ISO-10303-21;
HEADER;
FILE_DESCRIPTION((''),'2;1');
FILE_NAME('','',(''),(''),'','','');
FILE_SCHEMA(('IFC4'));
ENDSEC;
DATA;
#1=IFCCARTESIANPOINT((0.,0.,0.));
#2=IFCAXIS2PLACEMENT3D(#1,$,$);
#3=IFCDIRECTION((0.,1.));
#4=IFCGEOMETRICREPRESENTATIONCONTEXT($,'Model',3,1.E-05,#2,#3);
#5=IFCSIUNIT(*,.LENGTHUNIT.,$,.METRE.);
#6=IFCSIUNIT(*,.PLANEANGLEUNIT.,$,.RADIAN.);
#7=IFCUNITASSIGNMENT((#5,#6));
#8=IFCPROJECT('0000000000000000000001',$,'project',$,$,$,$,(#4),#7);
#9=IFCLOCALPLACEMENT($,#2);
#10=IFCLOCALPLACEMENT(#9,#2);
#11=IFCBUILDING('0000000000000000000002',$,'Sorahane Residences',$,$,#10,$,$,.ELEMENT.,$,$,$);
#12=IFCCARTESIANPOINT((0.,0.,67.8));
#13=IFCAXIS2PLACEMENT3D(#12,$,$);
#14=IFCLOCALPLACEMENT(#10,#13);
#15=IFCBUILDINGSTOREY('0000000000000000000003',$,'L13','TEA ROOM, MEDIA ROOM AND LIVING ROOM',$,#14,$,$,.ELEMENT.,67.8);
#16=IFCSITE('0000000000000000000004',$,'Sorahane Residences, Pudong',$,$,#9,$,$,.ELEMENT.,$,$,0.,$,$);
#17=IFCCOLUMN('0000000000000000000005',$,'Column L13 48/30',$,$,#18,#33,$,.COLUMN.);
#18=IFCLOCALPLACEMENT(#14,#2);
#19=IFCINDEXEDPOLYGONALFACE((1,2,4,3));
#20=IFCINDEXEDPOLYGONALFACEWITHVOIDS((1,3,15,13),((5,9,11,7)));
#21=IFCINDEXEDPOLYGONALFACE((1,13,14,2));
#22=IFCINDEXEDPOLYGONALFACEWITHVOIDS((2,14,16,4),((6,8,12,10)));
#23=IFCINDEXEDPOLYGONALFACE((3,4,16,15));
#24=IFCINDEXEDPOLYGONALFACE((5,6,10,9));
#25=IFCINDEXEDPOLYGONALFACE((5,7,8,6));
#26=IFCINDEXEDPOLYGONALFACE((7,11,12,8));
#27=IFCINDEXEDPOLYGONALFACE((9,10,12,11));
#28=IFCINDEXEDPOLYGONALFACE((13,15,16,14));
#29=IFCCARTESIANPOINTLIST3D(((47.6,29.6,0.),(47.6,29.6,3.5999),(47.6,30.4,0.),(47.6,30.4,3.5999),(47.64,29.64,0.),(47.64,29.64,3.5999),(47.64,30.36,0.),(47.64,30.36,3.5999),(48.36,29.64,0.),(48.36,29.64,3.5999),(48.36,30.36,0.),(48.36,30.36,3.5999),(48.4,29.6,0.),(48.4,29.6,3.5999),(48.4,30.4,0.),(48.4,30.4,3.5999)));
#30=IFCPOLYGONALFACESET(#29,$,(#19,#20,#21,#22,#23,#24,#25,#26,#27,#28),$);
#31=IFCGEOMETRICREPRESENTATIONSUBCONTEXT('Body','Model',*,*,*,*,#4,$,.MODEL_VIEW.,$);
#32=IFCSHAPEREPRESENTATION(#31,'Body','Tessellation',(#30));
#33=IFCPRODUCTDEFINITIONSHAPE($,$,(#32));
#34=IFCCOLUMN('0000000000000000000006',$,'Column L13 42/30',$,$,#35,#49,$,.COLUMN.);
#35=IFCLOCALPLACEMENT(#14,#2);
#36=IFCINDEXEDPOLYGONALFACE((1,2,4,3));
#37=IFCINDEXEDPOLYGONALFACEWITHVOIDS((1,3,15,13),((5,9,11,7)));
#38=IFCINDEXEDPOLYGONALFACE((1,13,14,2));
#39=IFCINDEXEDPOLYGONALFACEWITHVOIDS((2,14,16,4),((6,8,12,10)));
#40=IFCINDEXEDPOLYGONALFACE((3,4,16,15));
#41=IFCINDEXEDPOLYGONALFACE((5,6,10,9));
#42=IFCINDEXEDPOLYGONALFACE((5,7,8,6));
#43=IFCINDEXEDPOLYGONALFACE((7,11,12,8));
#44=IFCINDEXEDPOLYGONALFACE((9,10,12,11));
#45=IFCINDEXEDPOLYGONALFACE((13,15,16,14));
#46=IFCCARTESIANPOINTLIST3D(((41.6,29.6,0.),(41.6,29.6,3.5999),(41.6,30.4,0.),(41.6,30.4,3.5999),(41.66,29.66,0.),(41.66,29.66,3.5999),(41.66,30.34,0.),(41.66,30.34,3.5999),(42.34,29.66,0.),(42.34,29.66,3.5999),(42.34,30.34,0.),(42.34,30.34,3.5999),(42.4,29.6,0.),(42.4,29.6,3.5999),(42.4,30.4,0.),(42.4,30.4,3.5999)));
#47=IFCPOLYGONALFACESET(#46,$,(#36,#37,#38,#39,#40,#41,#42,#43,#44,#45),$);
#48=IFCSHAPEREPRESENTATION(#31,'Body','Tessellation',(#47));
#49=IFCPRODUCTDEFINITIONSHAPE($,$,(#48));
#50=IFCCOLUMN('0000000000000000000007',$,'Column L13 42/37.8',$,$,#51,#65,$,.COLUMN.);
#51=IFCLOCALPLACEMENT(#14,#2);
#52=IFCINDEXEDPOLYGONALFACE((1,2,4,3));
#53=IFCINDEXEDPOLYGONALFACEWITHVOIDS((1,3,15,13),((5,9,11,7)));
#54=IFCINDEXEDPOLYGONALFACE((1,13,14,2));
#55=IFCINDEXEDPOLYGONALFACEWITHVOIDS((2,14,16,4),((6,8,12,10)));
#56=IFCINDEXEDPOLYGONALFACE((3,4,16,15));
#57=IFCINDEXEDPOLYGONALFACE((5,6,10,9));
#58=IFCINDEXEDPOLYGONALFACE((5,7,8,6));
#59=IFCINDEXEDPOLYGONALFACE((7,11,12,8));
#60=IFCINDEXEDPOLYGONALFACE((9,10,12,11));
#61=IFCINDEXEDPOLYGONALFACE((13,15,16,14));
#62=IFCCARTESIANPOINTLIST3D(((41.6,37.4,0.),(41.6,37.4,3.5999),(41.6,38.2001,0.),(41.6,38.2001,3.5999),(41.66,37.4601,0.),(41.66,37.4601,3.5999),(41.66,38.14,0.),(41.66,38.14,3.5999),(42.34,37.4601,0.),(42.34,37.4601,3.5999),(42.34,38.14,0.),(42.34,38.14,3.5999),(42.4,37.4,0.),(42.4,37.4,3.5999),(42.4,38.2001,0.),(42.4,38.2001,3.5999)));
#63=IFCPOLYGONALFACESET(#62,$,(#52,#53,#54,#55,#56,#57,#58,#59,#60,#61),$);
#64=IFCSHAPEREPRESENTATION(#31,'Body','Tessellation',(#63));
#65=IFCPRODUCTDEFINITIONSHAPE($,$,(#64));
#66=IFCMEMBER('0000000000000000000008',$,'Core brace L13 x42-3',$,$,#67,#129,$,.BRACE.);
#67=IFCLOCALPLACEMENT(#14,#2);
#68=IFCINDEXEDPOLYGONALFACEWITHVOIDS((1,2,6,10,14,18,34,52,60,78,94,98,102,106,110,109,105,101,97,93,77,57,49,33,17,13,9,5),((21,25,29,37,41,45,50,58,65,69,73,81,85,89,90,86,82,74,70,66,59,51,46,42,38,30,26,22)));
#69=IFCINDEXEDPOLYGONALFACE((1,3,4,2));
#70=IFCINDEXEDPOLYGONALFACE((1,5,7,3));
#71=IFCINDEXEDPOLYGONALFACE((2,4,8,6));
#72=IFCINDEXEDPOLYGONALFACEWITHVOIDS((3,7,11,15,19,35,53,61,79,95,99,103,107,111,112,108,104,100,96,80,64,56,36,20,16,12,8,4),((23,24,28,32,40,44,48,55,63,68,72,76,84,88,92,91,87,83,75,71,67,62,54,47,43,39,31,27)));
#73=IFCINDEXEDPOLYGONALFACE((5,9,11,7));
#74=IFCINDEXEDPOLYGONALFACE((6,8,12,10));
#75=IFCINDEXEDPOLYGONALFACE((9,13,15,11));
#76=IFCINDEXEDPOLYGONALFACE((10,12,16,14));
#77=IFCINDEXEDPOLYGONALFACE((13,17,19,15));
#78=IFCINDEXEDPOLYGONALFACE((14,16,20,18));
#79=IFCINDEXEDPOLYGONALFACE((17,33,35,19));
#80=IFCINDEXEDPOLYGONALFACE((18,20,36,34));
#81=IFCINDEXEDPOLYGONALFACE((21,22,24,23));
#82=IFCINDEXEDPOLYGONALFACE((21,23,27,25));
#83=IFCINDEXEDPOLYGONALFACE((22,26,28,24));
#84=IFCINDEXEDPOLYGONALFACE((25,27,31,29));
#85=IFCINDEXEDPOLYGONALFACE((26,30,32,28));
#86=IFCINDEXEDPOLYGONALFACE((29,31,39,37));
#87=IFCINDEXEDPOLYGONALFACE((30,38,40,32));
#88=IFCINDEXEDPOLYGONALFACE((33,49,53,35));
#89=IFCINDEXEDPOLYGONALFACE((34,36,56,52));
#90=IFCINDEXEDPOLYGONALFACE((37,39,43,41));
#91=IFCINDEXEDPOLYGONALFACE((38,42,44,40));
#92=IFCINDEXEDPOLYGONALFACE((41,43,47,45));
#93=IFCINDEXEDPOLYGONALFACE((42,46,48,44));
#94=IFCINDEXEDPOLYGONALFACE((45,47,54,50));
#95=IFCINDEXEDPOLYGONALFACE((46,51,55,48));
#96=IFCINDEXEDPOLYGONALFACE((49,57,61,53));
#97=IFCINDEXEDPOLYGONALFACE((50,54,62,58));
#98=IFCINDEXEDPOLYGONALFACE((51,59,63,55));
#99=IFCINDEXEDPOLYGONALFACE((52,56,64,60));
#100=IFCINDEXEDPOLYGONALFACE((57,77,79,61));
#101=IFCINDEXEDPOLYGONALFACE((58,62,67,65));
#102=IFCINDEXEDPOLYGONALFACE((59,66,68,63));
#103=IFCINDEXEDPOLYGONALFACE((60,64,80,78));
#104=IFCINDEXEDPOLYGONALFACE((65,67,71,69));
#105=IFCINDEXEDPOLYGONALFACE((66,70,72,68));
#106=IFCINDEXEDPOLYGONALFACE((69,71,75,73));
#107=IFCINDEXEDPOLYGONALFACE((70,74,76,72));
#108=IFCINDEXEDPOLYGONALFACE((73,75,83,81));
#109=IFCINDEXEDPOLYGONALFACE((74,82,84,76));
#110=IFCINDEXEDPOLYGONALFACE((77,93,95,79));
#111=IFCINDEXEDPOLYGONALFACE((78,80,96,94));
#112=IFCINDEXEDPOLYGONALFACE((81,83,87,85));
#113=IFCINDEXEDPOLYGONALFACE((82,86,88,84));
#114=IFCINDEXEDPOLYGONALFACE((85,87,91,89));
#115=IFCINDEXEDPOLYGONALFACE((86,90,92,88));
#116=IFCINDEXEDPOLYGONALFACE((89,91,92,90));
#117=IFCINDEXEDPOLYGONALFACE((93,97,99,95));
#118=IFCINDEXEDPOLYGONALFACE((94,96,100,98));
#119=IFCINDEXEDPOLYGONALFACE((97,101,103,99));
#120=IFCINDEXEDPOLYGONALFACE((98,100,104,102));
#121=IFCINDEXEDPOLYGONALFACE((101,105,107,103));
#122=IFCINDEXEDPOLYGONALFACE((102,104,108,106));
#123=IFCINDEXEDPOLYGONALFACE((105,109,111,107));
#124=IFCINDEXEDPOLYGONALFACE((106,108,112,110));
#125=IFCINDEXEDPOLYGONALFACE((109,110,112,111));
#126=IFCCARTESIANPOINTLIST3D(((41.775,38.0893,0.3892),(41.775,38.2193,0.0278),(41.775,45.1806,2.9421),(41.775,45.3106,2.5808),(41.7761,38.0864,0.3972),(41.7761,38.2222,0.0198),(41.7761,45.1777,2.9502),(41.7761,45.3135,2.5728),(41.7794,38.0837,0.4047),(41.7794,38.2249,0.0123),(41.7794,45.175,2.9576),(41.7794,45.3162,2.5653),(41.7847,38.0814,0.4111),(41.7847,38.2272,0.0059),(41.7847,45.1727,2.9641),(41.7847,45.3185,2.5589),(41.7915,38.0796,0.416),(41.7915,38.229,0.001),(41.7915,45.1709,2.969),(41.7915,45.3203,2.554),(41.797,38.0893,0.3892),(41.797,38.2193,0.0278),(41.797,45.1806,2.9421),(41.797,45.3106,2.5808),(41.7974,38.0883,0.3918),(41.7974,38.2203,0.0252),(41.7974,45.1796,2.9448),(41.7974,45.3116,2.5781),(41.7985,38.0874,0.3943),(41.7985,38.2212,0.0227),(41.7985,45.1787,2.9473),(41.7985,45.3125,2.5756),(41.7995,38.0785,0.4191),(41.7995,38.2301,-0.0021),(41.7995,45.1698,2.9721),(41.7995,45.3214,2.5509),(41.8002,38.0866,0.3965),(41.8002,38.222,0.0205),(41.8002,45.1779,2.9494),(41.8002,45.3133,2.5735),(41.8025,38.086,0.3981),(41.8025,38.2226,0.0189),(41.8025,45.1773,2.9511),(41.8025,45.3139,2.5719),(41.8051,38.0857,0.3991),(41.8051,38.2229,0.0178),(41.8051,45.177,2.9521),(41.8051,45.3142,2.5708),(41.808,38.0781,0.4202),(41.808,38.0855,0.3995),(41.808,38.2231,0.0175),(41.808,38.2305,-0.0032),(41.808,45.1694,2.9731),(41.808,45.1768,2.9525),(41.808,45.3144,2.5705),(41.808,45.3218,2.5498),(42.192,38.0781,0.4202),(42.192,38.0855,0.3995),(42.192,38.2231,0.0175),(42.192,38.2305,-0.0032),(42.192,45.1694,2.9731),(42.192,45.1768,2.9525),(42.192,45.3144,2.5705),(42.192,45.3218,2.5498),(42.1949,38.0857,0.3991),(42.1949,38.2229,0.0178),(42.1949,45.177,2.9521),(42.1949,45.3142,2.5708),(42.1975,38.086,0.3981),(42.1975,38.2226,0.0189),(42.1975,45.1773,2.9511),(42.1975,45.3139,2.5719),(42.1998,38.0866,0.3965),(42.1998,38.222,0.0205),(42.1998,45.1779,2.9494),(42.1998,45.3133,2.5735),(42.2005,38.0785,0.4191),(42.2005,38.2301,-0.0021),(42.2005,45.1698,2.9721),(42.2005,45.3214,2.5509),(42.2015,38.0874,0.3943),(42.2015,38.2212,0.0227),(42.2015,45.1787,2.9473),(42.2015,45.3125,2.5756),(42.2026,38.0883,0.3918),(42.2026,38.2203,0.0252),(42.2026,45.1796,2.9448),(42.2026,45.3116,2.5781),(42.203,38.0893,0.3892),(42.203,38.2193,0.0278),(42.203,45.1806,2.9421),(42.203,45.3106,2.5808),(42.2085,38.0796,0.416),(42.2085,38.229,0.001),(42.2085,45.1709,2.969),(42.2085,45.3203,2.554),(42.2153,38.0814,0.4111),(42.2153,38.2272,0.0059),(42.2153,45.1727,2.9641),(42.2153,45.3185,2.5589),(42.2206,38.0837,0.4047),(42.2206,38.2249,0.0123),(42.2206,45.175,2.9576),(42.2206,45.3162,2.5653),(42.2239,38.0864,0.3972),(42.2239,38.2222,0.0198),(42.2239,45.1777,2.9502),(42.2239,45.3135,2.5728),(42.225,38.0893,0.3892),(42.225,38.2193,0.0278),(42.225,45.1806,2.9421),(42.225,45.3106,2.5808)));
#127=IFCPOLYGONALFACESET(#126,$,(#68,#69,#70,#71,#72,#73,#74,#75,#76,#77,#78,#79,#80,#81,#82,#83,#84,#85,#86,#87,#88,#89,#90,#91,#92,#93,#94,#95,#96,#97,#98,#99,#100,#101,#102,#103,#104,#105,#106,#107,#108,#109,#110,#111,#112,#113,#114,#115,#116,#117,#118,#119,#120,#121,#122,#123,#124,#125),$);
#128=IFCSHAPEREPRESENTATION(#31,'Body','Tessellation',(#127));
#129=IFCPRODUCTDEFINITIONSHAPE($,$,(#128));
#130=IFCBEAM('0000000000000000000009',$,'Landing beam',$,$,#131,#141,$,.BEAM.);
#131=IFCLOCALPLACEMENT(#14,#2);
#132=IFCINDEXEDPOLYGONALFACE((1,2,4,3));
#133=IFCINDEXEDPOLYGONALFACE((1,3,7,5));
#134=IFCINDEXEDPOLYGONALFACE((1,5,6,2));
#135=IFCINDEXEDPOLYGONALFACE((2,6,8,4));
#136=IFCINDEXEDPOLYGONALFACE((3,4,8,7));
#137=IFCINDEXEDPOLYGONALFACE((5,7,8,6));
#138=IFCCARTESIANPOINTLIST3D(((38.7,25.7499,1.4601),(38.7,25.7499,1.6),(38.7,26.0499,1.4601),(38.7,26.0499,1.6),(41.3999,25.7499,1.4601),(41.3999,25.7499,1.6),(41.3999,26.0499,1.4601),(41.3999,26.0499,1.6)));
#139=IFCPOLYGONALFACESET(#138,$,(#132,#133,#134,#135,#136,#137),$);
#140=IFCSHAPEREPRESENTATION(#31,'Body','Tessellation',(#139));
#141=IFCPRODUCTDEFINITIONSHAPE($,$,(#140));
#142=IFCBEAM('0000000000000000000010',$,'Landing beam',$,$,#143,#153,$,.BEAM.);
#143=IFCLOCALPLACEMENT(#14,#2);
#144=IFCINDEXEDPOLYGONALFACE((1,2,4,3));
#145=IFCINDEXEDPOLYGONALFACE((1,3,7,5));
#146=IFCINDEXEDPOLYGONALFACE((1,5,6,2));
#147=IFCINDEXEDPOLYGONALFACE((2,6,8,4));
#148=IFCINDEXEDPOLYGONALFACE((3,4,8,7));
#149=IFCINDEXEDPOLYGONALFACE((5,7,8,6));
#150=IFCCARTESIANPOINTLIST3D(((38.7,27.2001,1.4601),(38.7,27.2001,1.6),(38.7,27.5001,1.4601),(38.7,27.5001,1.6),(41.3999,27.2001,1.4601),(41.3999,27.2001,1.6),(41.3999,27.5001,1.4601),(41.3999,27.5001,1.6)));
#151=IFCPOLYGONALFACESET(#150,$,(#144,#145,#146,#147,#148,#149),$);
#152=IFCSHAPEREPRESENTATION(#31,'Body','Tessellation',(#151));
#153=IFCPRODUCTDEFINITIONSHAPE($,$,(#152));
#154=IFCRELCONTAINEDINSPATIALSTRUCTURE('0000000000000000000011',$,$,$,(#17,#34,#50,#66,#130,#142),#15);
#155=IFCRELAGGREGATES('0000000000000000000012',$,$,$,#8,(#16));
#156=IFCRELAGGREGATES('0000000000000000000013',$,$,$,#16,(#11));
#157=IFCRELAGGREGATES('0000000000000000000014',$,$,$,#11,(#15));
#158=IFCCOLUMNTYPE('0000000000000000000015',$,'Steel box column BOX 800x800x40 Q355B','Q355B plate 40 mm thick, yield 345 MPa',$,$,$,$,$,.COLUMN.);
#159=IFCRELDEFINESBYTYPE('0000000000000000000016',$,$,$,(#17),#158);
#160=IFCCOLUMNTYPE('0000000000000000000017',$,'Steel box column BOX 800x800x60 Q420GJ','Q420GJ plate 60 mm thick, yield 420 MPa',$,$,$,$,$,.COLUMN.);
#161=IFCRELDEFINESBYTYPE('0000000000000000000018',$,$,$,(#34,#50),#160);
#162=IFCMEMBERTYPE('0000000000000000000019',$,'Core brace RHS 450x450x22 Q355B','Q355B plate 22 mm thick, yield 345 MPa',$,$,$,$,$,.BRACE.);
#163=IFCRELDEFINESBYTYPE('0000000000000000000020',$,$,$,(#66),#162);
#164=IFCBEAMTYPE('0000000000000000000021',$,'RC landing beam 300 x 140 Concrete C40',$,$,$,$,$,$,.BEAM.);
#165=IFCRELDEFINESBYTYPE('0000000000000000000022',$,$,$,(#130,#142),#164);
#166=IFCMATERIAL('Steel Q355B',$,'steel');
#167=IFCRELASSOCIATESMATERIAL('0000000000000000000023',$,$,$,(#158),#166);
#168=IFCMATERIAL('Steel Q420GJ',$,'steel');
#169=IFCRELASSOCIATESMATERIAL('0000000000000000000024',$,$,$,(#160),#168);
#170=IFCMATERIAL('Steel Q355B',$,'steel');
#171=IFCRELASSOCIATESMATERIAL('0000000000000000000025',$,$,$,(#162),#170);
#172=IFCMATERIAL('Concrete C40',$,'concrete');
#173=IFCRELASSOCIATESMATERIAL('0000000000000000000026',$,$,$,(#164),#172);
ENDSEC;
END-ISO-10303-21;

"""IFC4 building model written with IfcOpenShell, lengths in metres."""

from ifc_helpers import new_model, si_unit, direction, frame, origin, origin_2d, place, context, subcontext, project, spatial, rectangle, hollow_rectangle, extrude, material, material_profile, profile_set, type_object, element, save


model = new_model("IFC4")

# Units and contexts
model_context = context("Model", 3, precision=1e-05, world=origin(), true_north=direction((0.0, 1.0)))
body_context = subcontext(model_context, "Body", "Model", "MODEL_VIEW")
ifc_project = project(units=[si_unit("LENGTHUNIT", "METRE"), si_unit("PLANEANGLEUNIT", "RADIAN")], contexts=[model_context])

# Site, building, storey
site_placement = place(None, origin())
site = spatial("IfcSite", under=ifc_project, at=site_placement, Name="Sorahane Residences, Pudong", CompositionType="ELEMENT", RefElevation=0.0)
building_placement = place(site_placement, origin())
building = spatial("IfcBuilding", under=site, at=building_placement, Name="Sorahane Residences", CompositionType="ELEMENT")
storey_placement = place(building_placement, frame((0.0, 0.0, 67.8)))
storey = spatial("IfcBuildingStorey", under=building, at=storey_placement, Name="L13", Description="TEA ROOM, MEDIA ROOM AND LIVING ROOM", CompositionType="ELEMENT", Elevation=67.8)

# Columns
ifc_material_1 = material(Name="Steel Q355B", Category="steel")
ifc_material_profile_1 = material_profile(ifc_material_1, hollow_rectangle(XDim=0.8, YDim=0.8, WallThickness=0.04, at=origin_2d()), Name="BOX 800x800x40")
ifc_profile_set_1 = profile_set([ifc_material_profile_1], Name="Steel Q355B")
column_type_1 = type_object("IfcColumnType", Name="Steel box column BOX 800x800x40 Q355B", Description="Q355B plate 40 mm thick, yield 345 MPa", PredefinedType="COLUMN", material=ifc_profile_set_1)
column_placement = place(storey_placement, frame((48.0, 30.0, 0.0), z_axis=(0.0, 0.0, 1.0), x_axis=(1.0, 0.0, 0.0)))
element("IfcColumn", 1, at=column_placement, inside=storey, type_object=column_type_1, Name="Column L13 48/30", PredefinedType="COLUMN", context=body_context, shape_type="SweptSolid", body=[
    extrude(hollow_rectangle(XDim=0.8, YDim=0.8, WallThickness=0.04, at=origin_2d()), origin(), (0.0, 0.0, 1.0), 3.5999),
])
ifc_material_2 = material(Name="Steel Q420GJ", Category="steel")
ifc_material_profile_2 = material_profile(ifc_material_2, hollow_rectangle(XDim=0.8, YDim=0.8, WallThickness=0.0601, at=origin_2d()), Name="BOX 800x800x60")
ifc_profile_set_2 = profile_set([ifc_material_profile_2], Name="Steel Q420GJ")
column_type_2 = type_object("IfcColumnType", Name="Steel box column BOX 800x800x60 Q420GJ", Description="Q420GJ plate 60 mm thick, yield 420 MPa", PredefinedType="COLUMN", material=ifc_profile_set_2)
for number, where, z_axis, x_axis, name in (
    (2, (42.0, 30.0, 0.0), (0.0, 0.0, 1.0), (1.0, 0.0, 0.0), "Column L13 42/30"),
    (3, (42.0, 37.8, 0.0), (0.0, 0.0, 1.0), (1.0, 0.0, 0.0), "Column L13 42/37.8"),
):
    element("IfcColumn", number, at=place(storey_placement, frame(where, z_axis=z_axis, x_axis=x_axis)), inside=storey, type_object=column_type_2, Name=name, PredefinedType="COLUMN", context=body_context, shape_type="SweptSolid", body=[
        extrude(hollow_rectangle(XDim=0.8, YDim=0.8, WallThickness=0.0601, at=origin_2d()), origin(), (0.0, 0.0, 1.0), 3.5999),
    ])

# Member
ifc_material_3 = material(Name="Steel Q355B", Category="steel")
ifc_material_profile_3 = material_profile(ifc_material_3, hollow_rectangle(XDim=0.45, YDim=0.45, WallThickness=0.022, InnerFilletRadius=0.011, OuterFilletRadius=0.033, at=origin_2d()), Name="RHS 450x450x22")
ifc_profile_set_3 = profile_set([ifc_material_profile_3], Name="Steel Q355B")
member_type = type_object("IfcMemberType", Name="Core brace RHS 450x450x22 Q355B", Description="Q355B plate 22 mm thick, yield 345 MPa", PredefinedType="BRACE", material=ifc_profile_set_3)
member_placement = place(storey_placement, frame((42.0, 38.1543, 0.2085), z_axis=(0.0, 0.940883, 0.338732), x_axis=(-1.0, 0.0, 0.0)))
element("IfcMember", 4, at=member_placement, inside=storey, type_object=member_type, Name="Core brace L13 x42-3", PredefinedType="BRACE", context=body_context, shape_type="SweptSolid", body=[
    extrude(hollow_rectangle(XDim=0.45, YDim=0.45, WallThickness=0.022, InnerFilletRadius=0.011, OuterFilletRadius=0.033, at=origin_2d()), origin(), (0.0, 0.0, 1.0), 7.5369),
])

# Beams
ifc_material_4 = material(Name="Concrete C40", Category="concrete")
ifc_material_profile_4 = material_profile(ifc_material_4, rectangle(XDim=0.3, YDim=0.1399, at=origin_2d()), Name="300x140")
ifc_profile_set_4 = profile_set([ifc_material_profile_4], Name="Concrete C40")
beam_type_1 = type_object("IfcBeamType", Name="RC landing beam 300 x 140 Concrete C40", PredefinedType="BEAM", material=ifc_profile_set_4)
for number, where, z_axis, x_axis, name in (
    (5, (38.7, 25.8999, 1.53), (1.0, 0.0, 0.0), (0.0, 1.0, 0.0), "Landing beam"),
    (6, (38.7, 27.3501, 1.53), (1.0, 0.0, 0.0), (0.0, 1.0, 0.0), "Landing beam"),
):
    element("IfcBeam", number, at=place(storey_placement, frame(where, z_axis=z_axis, x_axis=x_axis)), inside=storey, type_object=beam_type_1, Name=name, PredefinedType="BEAM", context=body_context, shape_type="SweptSolid", body=[
        extrude(rectangle(XDim=0.3, YDim=0.1399, at=origin_2d()), origin(), (0.0, 0.0, 1.0), 2.7),
    ])

save(model, "model.ifc")
